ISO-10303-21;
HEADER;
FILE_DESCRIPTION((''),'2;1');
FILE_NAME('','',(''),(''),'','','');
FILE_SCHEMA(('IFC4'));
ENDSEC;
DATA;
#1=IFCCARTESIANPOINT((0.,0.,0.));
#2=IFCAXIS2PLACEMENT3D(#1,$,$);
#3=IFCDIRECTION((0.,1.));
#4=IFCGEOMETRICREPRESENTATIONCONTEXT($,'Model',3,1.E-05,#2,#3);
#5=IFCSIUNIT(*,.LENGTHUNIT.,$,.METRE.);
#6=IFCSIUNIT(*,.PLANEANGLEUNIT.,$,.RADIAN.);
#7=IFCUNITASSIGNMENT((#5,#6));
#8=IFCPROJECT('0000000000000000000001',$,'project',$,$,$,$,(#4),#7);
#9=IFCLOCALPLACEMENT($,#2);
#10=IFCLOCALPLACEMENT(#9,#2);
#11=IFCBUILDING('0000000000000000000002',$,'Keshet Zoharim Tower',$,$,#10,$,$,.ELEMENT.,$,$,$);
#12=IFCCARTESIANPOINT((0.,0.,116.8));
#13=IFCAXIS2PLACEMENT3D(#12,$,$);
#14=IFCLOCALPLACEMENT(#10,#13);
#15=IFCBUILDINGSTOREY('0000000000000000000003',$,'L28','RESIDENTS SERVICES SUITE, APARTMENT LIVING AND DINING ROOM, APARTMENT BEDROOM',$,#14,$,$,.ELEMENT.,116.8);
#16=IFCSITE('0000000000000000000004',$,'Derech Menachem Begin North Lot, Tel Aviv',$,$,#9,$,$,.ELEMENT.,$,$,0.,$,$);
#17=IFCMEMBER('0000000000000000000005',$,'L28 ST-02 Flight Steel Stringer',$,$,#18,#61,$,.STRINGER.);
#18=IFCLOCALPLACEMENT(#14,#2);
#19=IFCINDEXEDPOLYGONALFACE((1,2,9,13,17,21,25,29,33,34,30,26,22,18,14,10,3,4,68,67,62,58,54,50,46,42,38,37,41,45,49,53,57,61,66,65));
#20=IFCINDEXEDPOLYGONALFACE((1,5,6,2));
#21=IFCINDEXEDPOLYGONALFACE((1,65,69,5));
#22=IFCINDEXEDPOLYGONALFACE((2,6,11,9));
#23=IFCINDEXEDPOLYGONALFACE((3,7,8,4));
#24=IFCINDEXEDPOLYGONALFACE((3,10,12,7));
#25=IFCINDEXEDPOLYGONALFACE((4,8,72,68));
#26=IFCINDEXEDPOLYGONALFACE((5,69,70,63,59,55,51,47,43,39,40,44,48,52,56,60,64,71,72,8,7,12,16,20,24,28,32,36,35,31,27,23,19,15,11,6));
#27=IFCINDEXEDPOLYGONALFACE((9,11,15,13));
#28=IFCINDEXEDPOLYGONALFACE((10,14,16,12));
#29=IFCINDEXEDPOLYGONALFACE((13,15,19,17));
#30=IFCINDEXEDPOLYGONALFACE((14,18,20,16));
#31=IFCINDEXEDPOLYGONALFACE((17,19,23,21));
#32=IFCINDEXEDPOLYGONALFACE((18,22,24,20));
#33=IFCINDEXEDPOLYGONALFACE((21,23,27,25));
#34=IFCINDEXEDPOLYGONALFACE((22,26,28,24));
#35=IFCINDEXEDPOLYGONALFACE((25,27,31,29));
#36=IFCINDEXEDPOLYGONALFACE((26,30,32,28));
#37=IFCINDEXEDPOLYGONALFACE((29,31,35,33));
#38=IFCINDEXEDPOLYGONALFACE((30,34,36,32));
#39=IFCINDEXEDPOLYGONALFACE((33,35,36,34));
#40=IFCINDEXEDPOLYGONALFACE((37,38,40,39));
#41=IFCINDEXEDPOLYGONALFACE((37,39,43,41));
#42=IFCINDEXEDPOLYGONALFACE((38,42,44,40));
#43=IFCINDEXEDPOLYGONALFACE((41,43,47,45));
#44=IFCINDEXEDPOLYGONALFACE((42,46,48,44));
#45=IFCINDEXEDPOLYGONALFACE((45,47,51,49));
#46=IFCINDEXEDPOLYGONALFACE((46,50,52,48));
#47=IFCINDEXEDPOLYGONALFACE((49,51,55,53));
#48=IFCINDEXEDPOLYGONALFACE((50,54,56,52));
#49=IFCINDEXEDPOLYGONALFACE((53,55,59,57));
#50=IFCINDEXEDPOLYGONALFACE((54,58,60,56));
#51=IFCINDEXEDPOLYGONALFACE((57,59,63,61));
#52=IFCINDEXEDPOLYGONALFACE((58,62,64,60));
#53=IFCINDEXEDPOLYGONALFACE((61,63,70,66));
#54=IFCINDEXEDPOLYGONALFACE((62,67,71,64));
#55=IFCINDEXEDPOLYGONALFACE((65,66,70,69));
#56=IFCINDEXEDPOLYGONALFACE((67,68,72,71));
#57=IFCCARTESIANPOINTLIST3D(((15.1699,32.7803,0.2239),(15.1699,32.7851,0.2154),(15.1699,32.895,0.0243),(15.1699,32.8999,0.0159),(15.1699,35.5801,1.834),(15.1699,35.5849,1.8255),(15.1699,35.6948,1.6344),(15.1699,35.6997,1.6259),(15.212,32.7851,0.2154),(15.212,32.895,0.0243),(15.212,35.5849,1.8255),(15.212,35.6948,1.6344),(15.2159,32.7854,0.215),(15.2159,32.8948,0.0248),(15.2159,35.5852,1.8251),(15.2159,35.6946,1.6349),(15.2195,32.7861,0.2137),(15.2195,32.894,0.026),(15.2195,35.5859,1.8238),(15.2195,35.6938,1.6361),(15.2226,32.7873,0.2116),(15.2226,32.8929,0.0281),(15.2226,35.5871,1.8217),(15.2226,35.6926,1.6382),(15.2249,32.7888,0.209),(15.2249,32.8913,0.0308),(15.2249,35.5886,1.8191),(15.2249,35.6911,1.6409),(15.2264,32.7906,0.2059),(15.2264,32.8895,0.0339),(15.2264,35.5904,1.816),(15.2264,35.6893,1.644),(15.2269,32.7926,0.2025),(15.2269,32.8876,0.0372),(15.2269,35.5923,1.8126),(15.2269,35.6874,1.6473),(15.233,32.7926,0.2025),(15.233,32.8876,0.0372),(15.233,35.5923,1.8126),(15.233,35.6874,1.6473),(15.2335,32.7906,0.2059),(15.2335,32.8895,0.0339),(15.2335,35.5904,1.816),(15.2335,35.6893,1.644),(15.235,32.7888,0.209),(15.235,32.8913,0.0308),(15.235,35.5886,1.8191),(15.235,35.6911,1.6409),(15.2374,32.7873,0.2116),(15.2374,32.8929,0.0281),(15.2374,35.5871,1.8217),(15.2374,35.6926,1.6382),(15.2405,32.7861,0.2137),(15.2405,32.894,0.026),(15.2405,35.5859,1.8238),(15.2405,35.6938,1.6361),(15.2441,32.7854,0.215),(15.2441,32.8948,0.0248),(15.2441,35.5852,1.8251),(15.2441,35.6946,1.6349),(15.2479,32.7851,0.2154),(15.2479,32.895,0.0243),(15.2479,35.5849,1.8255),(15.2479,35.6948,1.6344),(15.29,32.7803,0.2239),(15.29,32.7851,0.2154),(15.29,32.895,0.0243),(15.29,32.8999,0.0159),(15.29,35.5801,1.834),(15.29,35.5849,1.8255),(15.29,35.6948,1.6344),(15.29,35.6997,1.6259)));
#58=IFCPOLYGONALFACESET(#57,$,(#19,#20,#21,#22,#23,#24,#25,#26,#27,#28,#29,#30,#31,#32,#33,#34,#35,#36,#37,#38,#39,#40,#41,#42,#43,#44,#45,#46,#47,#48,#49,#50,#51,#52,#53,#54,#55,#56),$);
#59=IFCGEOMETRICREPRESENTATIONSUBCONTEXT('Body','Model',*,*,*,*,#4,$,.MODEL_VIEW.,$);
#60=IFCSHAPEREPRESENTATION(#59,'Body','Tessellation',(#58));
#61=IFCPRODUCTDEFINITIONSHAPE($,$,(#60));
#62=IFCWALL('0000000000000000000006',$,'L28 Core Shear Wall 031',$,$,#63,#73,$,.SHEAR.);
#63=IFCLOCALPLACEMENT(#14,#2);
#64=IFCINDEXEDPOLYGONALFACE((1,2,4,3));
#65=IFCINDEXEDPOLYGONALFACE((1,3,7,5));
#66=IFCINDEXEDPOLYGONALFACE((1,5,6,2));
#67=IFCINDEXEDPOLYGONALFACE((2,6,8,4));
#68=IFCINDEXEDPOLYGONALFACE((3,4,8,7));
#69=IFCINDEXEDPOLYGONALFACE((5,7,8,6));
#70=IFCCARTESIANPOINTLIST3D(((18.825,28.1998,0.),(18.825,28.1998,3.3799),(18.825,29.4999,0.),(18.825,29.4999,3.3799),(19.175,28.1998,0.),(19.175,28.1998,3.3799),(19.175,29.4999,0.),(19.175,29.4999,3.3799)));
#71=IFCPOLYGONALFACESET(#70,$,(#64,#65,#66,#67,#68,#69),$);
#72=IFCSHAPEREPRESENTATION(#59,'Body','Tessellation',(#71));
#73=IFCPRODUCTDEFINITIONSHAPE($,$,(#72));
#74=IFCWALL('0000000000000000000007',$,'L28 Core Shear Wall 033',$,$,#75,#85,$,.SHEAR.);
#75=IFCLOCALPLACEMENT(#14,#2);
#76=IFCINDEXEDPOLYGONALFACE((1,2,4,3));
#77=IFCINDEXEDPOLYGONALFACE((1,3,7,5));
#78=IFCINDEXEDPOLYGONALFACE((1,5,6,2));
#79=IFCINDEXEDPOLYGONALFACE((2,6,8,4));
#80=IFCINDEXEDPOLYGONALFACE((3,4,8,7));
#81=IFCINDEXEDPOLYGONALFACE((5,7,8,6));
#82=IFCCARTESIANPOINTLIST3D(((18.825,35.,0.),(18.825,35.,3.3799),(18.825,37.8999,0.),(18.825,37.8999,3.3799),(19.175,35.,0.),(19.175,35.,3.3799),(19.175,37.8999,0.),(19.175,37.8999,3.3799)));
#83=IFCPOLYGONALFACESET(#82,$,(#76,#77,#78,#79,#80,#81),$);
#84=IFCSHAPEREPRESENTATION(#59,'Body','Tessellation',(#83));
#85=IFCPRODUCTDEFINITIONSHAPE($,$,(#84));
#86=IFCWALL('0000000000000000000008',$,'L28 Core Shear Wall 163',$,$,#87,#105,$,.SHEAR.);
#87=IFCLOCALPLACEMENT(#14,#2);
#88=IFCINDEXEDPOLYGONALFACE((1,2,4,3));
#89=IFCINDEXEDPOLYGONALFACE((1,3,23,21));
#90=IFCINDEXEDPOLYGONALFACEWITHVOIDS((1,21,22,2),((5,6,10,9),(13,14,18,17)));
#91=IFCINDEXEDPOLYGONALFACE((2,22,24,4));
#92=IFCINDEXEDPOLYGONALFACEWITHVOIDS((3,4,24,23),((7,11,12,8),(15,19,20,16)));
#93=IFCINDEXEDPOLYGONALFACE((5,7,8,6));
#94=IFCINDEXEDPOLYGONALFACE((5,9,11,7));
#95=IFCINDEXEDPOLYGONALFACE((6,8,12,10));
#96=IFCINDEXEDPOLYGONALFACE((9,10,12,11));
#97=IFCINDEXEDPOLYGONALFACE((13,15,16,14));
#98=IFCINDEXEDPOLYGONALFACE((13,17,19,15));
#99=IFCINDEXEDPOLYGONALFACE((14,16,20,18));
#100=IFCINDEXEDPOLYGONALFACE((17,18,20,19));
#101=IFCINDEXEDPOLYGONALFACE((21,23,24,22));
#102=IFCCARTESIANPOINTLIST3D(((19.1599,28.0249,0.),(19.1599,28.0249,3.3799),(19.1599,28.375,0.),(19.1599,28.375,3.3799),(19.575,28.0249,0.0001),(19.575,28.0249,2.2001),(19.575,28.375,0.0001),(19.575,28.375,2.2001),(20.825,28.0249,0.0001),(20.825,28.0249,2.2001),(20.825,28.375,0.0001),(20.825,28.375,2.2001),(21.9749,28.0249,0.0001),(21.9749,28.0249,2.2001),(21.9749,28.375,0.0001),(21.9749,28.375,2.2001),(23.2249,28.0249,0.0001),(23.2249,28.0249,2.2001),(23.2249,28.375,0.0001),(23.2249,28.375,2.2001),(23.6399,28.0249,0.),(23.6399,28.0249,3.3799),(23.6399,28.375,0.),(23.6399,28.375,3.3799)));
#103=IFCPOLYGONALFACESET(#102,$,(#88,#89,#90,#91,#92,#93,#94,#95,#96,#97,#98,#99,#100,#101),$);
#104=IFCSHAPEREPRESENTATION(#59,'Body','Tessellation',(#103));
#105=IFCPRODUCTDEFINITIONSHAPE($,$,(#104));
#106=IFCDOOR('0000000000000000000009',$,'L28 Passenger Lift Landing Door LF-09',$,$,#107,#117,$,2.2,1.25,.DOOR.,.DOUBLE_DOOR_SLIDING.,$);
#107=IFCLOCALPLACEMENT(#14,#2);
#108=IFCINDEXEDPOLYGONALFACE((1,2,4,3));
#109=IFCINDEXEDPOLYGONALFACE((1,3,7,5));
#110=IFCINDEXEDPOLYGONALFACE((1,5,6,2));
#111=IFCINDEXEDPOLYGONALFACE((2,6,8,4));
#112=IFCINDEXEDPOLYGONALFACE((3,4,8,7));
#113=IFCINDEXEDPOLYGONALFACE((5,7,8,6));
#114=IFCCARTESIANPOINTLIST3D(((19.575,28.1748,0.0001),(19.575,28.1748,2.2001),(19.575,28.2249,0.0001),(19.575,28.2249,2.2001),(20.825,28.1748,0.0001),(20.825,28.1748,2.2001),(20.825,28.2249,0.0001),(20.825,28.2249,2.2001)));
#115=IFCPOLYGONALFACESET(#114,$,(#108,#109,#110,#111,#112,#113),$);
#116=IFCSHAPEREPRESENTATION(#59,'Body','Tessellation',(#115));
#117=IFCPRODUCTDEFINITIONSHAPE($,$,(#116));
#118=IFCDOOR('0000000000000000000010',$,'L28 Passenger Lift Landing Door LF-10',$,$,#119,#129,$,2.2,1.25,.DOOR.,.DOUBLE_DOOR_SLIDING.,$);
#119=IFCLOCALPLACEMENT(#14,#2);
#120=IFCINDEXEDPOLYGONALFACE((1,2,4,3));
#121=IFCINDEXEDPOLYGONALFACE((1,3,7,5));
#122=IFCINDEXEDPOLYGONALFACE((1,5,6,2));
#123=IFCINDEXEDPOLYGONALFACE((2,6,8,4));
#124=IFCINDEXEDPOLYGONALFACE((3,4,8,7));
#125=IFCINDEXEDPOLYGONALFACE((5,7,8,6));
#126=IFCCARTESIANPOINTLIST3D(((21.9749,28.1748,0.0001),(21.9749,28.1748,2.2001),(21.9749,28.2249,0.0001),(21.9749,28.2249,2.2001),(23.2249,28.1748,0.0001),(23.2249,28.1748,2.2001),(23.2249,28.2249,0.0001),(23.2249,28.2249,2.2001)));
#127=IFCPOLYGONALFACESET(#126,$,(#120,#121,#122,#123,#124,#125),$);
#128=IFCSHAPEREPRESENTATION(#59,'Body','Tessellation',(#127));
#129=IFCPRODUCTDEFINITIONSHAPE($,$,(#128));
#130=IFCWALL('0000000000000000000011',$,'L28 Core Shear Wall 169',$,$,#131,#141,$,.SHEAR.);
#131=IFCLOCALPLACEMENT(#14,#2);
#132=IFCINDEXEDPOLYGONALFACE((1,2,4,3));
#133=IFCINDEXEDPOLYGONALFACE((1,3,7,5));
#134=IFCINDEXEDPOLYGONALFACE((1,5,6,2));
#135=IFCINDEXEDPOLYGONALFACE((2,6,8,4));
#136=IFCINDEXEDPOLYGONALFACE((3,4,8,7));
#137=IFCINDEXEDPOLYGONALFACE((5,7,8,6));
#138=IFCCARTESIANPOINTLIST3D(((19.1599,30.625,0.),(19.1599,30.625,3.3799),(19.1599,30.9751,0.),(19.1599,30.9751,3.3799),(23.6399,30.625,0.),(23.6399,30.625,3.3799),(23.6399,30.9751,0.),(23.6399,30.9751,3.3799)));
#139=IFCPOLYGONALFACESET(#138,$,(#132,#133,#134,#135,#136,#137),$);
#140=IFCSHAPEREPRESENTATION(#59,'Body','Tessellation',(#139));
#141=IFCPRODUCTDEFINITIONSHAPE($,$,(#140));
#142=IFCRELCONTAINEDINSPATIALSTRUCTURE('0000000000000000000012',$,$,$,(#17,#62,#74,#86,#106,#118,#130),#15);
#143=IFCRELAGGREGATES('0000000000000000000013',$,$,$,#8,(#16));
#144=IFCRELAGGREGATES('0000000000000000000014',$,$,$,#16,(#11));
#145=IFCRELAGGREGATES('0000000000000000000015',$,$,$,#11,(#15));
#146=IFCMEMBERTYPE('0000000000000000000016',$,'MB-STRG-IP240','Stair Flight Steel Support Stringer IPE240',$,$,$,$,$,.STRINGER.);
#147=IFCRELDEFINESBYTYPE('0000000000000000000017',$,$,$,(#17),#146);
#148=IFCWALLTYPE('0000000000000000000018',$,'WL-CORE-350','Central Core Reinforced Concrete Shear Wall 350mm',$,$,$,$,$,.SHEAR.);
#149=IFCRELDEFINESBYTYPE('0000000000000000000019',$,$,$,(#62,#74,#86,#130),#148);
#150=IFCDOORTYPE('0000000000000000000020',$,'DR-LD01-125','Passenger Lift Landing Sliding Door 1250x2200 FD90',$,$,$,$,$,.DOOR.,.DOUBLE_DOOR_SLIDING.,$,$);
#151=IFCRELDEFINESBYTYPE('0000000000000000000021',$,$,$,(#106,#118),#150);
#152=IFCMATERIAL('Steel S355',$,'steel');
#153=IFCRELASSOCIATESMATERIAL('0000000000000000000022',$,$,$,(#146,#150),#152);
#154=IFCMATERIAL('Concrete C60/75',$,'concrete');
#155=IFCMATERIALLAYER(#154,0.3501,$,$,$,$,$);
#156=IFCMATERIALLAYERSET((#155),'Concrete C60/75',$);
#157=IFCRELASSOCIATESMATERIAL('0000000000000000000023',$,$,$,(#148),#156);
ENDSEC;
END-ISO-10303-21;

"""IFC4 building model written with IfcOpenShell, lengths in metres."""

from ifc_helpers import new_model, si_unit, direction, frame, frame_2d, origin, origin_2d, place, context, subcontext, project, spatial, rectangle, i_section, extrude, material, layer, layer_set, material_profile, profile_set, type_object, element, fill, save


model = new_model("IFC4")

# Units and contexts
model_context = context("Model", 3, precision=1e-05, world=origin(), true_north=direction((0.0, 1.0)))
body_context = subcontext(model_context, "Body", "Model", "MODEL_VIEW")
ifc_project = project(units=[si_unit("LENGTHUNIT", "METRE"), si_unit("PLANEANGLEUNIT", "RADIAN")], contexts=[model_context])

# Site, building, storey
site_placement = place(None, origin())
site = spatial("IfcSite", under=ifc_project, at=site_placement, Name="Derech Menachem Begin North Lot, Tel Aviv", CompositionType="ELEMENT", RefElevation=0.0)
building_placement = place(site_placement, origin())
building = spatial("IfcBuilding", under=site, at=building_placement, Name="Keshet Zoharim Tower", CompositionType="ELEMENT")
storey_placement = place(building_placement, frame((0.0, 0.0, 116.8)))
storey = spatial("IfcBuildingStorey", under=building, at=storey_placement, Name="L28", Description="RESIDENTS SERVICES SUITE, APARTMENT LIVING AND DINING ROOM, APARTMENT BEDROOM", CompositionType="ELEMENT", Elevation=116.8)

# Member
ifc_material_1 = material(Name="Steel S355", Category="steel")
ifc_material_profile = material_profile(ifc_material_1, i_section(OverallWidth=0.1201, OverallDepth=0.24, WebThickness=0.0061, FlangeThickness=0.0098, FilletRadius=0.0149, at=origin_2d()), Name="IPE240")
ifc_profile_set = profile_set([ifc_material_profile], Name="Steel S355")
member_type = type_object("IfcMemberType", Name="MB-STRG-IP240", Description="Stair Flight Steel Support Stringer IPE240", PredefinedType="STRINGER", material=ifc_profile_set)
member_placement = place(storey_placement, frame((15.23, 32.8401, 0.1199), z_axis=(0.0, 0.866877, 0.498522), x_axis=(-1.0, 0.0, 0.0)))
element("IfcMember", 1, at=member_placement, inside=storey, type_object=member_type, Name="L28 ST-02 Flight Steel Stringer", PredefinedType="STRINGER", context=body_context, shape_type="SweptSolid", body=[
    extrude(i_section(OverallWidth=0.1201, OverallDepth=0.24, WebThickness=0.0061, FlangeThickness=0.0098, FilletRadius=0.0149, at=origin_2d()), origin(), (0.0, 0.0, 1.0), 3.2297),
])

# Wall
ifc_material_2 = material(Name="Concrete C60/75", Category="concrete")
ifc_layer_1 = layer(ifc_material_2, 0.3501)
ifc_layer_set_1 = layer_set([ifc_layer_1], Name="Concrete C60/75")
wall_type = type_object("IfcWallType", Name="WL-CORE-350", Description="Central Core Reinforced Concrete Shear Wall 350mm", PredefinedType="SHEAR", material=ifc_layer_set_1)
wall_1_placement = place(storey_placement, frame((19.0, 28.2, 0.0), z_axis=(0.0, 0.0, 1.0), x_axis=(0.0, 1.0, 0.0)))
element("IfcWall", 2, at=wall_1_placement, inside=storey, type_object=wall_type, Name="L28 Core Shear Wall 031", PredefinedType="SHEAR", context=body_context, shape_type="SweptSolid", body=[
    extrude(rectangle(XDim=1.3, YDim=0.3501, at=frame_2d((0.6499, 0.0))), origin(), (0.0, 0.0, 1.0), 3.3799),
])

# Wall
wall_2_placement = place(storey_placement, frame((19.0, 35.0, 0.0), z_axis=(0.0, 0.0, 1.0), x_axis=(0.0, 1.0, 0.0)))
element("IfcWall", 3, at=wall_2_placement, inside=storey, type_object=wall_type, Name="L28 Core Shear Wall 033", PredefinedType="SHEAR", context=body_context, shape_type="SweptSolid", body=[
    extrude(rectangle(XDim=2.8999, YDim=0.3501, at=frame_2d((1.45, 0.0))), origin(), (0.0, 0.0, 1.0), 3.3799),
])

# Wall, openings, doors
wall_3_placement = place(storey_placement, frame((19.1599, 28.2, 0.0), z_axis=(0.0, 0.0, 1.0), x_axis=(1.0, 0.0, 0.0)))
wall_3 = element("IfcWall", 4, at=wall_3_placement, inside=storey, type_object=wall_type, Name="L28 Core Shear Wall 163", PredefinedType="SHEAR", context=body_context, shape_type="SweptSolid", body=[
    extrude(rectangle(XDim=4.48, YDim=0.3501, at=frame_2d((2.24, 0.0))), origin(), (0.0, 0.0, 1.0), 3.3799),
])
opening_1_placement = place(wall_3_placement, frame((0.415, 0.0, 0.0)))
opening_1 = element("IfcOpeningElement", 5, at=opening_1_placement, cuts=wall_3, PredefinedType="OPENING", context=body_context, shape_type="SweptSolid", body=[
    extrude(rectangle(XDim=1.25, YDim=2.2, at=frame_2d((0.625, 1.1001))), frame((0.0, 0.1851, 0.0), z_axis=(0.0, -1.0, 0.0), x_axis=(1.0, 0.0, 0.0)), (0.0, 0.0, 1.0), 0.3701),
])
opening_2_placement = place(wall_3_placement, frame((2.8149, 0.0, 0.0)))
opening_2 = element("IfcOpeningElement", 6, at=opening_2_placement, cuts=wall_3, PredefinedType="OPENING", context=body_context, shape_type="SweptSolid", body=[
    extrude(rectangle(XDim=1.25, YDim=2.2, at=frame_2d((0.625, 1.1001))), frame((0.0, 0.1851, 0.0), z_axis=(0.0, -1.0, 0.0), x_axis=(1.0, 0.0, 0.0)), (0.0, 0.0, 1.0), 0.3701),
])
door_type_1 = type_object("IfcDoorType", Name="DR-LD01-125", Description="Passenger Lift Landing Sliding Door 1250x2200 FD90", OperationType="DOUBLE_DOOR_SLIDING", PredefinedType="DOOR", material=ifc_material_1)
door_1_placement = place(opening_1_placement, origin())
door_1 = element("IfcDoor", 7, at=door_1_placement, inside=storey, type_object=door_type_1, Name="L28 Passenger Lift Landing Door LF-09", OperationType="DOUBLE_DOOR_SLIDING", OverallHeight=2.2, OverallWidth=1.25, PredefinedType="DOOR", context=body_context, shape_type="SweptSolid", body=[
    extrude(rectangle(XDim=1.25, YDim=2.2, at=frame_2d((0.625, 1.1001))), frame((0.0, 0.0249, 0.0), z_axis=(0.0, -1.0, 0.0), x_axis=(1.0, 0.0, 0.0)), (0.0, 0.0, 1.0), 0.05),
])
fill(opening_1, door_1)
door_2_placement = place(opening_2_placement, origin())
door_2 = element("IfcDoor", 8, at=door_2_placement, inside=storey, type_object=door_type_1, Name="L28 Passenger Lift Landing Door LF-10", OperationType="DOUBLE_DOOR_SLIDING", OverallHeight=2.2, OverallWidth=1.25, PredefinedType="DOOR", context=body_context, shape_type="SweptSolid", body=[
    extrude(rectangle(XDim=1.25, YDim=2.2, at=frame_2d((0.625, 1.1001))), frame((0.0, 0.0249, 0.0), z_axis=(0.0, -1.0, 0.0), x_axis=(1.0, 0.0, 0.0)), (0.0, 0.0, 1.0), 0.05),
])
fill(opening_2, door_2)

# Wall
wall_4_placement = place(storey_placement, frame((19.1599, 30.8, 0.0), z_axis=(0.0, 0.0, 1.0), x_axis=(1.0, 0.0, 0.0)))
element("IfcWall", 9, at=wall_4_placement, inside=storey, type_object=wall_type, Name="L28 Core Shear Wall 169", PredefinedType="SHEAR", context=body_context, shape_type="SweptSolid", body=[
    extrude(rectangle(XDim=4.48, YDim=0.3501, at=frame_2d((2.24, 0.0))), origin(), (0.0, 0.0, 1.0), 3.3799),
])

save(model, "model.ifc")
